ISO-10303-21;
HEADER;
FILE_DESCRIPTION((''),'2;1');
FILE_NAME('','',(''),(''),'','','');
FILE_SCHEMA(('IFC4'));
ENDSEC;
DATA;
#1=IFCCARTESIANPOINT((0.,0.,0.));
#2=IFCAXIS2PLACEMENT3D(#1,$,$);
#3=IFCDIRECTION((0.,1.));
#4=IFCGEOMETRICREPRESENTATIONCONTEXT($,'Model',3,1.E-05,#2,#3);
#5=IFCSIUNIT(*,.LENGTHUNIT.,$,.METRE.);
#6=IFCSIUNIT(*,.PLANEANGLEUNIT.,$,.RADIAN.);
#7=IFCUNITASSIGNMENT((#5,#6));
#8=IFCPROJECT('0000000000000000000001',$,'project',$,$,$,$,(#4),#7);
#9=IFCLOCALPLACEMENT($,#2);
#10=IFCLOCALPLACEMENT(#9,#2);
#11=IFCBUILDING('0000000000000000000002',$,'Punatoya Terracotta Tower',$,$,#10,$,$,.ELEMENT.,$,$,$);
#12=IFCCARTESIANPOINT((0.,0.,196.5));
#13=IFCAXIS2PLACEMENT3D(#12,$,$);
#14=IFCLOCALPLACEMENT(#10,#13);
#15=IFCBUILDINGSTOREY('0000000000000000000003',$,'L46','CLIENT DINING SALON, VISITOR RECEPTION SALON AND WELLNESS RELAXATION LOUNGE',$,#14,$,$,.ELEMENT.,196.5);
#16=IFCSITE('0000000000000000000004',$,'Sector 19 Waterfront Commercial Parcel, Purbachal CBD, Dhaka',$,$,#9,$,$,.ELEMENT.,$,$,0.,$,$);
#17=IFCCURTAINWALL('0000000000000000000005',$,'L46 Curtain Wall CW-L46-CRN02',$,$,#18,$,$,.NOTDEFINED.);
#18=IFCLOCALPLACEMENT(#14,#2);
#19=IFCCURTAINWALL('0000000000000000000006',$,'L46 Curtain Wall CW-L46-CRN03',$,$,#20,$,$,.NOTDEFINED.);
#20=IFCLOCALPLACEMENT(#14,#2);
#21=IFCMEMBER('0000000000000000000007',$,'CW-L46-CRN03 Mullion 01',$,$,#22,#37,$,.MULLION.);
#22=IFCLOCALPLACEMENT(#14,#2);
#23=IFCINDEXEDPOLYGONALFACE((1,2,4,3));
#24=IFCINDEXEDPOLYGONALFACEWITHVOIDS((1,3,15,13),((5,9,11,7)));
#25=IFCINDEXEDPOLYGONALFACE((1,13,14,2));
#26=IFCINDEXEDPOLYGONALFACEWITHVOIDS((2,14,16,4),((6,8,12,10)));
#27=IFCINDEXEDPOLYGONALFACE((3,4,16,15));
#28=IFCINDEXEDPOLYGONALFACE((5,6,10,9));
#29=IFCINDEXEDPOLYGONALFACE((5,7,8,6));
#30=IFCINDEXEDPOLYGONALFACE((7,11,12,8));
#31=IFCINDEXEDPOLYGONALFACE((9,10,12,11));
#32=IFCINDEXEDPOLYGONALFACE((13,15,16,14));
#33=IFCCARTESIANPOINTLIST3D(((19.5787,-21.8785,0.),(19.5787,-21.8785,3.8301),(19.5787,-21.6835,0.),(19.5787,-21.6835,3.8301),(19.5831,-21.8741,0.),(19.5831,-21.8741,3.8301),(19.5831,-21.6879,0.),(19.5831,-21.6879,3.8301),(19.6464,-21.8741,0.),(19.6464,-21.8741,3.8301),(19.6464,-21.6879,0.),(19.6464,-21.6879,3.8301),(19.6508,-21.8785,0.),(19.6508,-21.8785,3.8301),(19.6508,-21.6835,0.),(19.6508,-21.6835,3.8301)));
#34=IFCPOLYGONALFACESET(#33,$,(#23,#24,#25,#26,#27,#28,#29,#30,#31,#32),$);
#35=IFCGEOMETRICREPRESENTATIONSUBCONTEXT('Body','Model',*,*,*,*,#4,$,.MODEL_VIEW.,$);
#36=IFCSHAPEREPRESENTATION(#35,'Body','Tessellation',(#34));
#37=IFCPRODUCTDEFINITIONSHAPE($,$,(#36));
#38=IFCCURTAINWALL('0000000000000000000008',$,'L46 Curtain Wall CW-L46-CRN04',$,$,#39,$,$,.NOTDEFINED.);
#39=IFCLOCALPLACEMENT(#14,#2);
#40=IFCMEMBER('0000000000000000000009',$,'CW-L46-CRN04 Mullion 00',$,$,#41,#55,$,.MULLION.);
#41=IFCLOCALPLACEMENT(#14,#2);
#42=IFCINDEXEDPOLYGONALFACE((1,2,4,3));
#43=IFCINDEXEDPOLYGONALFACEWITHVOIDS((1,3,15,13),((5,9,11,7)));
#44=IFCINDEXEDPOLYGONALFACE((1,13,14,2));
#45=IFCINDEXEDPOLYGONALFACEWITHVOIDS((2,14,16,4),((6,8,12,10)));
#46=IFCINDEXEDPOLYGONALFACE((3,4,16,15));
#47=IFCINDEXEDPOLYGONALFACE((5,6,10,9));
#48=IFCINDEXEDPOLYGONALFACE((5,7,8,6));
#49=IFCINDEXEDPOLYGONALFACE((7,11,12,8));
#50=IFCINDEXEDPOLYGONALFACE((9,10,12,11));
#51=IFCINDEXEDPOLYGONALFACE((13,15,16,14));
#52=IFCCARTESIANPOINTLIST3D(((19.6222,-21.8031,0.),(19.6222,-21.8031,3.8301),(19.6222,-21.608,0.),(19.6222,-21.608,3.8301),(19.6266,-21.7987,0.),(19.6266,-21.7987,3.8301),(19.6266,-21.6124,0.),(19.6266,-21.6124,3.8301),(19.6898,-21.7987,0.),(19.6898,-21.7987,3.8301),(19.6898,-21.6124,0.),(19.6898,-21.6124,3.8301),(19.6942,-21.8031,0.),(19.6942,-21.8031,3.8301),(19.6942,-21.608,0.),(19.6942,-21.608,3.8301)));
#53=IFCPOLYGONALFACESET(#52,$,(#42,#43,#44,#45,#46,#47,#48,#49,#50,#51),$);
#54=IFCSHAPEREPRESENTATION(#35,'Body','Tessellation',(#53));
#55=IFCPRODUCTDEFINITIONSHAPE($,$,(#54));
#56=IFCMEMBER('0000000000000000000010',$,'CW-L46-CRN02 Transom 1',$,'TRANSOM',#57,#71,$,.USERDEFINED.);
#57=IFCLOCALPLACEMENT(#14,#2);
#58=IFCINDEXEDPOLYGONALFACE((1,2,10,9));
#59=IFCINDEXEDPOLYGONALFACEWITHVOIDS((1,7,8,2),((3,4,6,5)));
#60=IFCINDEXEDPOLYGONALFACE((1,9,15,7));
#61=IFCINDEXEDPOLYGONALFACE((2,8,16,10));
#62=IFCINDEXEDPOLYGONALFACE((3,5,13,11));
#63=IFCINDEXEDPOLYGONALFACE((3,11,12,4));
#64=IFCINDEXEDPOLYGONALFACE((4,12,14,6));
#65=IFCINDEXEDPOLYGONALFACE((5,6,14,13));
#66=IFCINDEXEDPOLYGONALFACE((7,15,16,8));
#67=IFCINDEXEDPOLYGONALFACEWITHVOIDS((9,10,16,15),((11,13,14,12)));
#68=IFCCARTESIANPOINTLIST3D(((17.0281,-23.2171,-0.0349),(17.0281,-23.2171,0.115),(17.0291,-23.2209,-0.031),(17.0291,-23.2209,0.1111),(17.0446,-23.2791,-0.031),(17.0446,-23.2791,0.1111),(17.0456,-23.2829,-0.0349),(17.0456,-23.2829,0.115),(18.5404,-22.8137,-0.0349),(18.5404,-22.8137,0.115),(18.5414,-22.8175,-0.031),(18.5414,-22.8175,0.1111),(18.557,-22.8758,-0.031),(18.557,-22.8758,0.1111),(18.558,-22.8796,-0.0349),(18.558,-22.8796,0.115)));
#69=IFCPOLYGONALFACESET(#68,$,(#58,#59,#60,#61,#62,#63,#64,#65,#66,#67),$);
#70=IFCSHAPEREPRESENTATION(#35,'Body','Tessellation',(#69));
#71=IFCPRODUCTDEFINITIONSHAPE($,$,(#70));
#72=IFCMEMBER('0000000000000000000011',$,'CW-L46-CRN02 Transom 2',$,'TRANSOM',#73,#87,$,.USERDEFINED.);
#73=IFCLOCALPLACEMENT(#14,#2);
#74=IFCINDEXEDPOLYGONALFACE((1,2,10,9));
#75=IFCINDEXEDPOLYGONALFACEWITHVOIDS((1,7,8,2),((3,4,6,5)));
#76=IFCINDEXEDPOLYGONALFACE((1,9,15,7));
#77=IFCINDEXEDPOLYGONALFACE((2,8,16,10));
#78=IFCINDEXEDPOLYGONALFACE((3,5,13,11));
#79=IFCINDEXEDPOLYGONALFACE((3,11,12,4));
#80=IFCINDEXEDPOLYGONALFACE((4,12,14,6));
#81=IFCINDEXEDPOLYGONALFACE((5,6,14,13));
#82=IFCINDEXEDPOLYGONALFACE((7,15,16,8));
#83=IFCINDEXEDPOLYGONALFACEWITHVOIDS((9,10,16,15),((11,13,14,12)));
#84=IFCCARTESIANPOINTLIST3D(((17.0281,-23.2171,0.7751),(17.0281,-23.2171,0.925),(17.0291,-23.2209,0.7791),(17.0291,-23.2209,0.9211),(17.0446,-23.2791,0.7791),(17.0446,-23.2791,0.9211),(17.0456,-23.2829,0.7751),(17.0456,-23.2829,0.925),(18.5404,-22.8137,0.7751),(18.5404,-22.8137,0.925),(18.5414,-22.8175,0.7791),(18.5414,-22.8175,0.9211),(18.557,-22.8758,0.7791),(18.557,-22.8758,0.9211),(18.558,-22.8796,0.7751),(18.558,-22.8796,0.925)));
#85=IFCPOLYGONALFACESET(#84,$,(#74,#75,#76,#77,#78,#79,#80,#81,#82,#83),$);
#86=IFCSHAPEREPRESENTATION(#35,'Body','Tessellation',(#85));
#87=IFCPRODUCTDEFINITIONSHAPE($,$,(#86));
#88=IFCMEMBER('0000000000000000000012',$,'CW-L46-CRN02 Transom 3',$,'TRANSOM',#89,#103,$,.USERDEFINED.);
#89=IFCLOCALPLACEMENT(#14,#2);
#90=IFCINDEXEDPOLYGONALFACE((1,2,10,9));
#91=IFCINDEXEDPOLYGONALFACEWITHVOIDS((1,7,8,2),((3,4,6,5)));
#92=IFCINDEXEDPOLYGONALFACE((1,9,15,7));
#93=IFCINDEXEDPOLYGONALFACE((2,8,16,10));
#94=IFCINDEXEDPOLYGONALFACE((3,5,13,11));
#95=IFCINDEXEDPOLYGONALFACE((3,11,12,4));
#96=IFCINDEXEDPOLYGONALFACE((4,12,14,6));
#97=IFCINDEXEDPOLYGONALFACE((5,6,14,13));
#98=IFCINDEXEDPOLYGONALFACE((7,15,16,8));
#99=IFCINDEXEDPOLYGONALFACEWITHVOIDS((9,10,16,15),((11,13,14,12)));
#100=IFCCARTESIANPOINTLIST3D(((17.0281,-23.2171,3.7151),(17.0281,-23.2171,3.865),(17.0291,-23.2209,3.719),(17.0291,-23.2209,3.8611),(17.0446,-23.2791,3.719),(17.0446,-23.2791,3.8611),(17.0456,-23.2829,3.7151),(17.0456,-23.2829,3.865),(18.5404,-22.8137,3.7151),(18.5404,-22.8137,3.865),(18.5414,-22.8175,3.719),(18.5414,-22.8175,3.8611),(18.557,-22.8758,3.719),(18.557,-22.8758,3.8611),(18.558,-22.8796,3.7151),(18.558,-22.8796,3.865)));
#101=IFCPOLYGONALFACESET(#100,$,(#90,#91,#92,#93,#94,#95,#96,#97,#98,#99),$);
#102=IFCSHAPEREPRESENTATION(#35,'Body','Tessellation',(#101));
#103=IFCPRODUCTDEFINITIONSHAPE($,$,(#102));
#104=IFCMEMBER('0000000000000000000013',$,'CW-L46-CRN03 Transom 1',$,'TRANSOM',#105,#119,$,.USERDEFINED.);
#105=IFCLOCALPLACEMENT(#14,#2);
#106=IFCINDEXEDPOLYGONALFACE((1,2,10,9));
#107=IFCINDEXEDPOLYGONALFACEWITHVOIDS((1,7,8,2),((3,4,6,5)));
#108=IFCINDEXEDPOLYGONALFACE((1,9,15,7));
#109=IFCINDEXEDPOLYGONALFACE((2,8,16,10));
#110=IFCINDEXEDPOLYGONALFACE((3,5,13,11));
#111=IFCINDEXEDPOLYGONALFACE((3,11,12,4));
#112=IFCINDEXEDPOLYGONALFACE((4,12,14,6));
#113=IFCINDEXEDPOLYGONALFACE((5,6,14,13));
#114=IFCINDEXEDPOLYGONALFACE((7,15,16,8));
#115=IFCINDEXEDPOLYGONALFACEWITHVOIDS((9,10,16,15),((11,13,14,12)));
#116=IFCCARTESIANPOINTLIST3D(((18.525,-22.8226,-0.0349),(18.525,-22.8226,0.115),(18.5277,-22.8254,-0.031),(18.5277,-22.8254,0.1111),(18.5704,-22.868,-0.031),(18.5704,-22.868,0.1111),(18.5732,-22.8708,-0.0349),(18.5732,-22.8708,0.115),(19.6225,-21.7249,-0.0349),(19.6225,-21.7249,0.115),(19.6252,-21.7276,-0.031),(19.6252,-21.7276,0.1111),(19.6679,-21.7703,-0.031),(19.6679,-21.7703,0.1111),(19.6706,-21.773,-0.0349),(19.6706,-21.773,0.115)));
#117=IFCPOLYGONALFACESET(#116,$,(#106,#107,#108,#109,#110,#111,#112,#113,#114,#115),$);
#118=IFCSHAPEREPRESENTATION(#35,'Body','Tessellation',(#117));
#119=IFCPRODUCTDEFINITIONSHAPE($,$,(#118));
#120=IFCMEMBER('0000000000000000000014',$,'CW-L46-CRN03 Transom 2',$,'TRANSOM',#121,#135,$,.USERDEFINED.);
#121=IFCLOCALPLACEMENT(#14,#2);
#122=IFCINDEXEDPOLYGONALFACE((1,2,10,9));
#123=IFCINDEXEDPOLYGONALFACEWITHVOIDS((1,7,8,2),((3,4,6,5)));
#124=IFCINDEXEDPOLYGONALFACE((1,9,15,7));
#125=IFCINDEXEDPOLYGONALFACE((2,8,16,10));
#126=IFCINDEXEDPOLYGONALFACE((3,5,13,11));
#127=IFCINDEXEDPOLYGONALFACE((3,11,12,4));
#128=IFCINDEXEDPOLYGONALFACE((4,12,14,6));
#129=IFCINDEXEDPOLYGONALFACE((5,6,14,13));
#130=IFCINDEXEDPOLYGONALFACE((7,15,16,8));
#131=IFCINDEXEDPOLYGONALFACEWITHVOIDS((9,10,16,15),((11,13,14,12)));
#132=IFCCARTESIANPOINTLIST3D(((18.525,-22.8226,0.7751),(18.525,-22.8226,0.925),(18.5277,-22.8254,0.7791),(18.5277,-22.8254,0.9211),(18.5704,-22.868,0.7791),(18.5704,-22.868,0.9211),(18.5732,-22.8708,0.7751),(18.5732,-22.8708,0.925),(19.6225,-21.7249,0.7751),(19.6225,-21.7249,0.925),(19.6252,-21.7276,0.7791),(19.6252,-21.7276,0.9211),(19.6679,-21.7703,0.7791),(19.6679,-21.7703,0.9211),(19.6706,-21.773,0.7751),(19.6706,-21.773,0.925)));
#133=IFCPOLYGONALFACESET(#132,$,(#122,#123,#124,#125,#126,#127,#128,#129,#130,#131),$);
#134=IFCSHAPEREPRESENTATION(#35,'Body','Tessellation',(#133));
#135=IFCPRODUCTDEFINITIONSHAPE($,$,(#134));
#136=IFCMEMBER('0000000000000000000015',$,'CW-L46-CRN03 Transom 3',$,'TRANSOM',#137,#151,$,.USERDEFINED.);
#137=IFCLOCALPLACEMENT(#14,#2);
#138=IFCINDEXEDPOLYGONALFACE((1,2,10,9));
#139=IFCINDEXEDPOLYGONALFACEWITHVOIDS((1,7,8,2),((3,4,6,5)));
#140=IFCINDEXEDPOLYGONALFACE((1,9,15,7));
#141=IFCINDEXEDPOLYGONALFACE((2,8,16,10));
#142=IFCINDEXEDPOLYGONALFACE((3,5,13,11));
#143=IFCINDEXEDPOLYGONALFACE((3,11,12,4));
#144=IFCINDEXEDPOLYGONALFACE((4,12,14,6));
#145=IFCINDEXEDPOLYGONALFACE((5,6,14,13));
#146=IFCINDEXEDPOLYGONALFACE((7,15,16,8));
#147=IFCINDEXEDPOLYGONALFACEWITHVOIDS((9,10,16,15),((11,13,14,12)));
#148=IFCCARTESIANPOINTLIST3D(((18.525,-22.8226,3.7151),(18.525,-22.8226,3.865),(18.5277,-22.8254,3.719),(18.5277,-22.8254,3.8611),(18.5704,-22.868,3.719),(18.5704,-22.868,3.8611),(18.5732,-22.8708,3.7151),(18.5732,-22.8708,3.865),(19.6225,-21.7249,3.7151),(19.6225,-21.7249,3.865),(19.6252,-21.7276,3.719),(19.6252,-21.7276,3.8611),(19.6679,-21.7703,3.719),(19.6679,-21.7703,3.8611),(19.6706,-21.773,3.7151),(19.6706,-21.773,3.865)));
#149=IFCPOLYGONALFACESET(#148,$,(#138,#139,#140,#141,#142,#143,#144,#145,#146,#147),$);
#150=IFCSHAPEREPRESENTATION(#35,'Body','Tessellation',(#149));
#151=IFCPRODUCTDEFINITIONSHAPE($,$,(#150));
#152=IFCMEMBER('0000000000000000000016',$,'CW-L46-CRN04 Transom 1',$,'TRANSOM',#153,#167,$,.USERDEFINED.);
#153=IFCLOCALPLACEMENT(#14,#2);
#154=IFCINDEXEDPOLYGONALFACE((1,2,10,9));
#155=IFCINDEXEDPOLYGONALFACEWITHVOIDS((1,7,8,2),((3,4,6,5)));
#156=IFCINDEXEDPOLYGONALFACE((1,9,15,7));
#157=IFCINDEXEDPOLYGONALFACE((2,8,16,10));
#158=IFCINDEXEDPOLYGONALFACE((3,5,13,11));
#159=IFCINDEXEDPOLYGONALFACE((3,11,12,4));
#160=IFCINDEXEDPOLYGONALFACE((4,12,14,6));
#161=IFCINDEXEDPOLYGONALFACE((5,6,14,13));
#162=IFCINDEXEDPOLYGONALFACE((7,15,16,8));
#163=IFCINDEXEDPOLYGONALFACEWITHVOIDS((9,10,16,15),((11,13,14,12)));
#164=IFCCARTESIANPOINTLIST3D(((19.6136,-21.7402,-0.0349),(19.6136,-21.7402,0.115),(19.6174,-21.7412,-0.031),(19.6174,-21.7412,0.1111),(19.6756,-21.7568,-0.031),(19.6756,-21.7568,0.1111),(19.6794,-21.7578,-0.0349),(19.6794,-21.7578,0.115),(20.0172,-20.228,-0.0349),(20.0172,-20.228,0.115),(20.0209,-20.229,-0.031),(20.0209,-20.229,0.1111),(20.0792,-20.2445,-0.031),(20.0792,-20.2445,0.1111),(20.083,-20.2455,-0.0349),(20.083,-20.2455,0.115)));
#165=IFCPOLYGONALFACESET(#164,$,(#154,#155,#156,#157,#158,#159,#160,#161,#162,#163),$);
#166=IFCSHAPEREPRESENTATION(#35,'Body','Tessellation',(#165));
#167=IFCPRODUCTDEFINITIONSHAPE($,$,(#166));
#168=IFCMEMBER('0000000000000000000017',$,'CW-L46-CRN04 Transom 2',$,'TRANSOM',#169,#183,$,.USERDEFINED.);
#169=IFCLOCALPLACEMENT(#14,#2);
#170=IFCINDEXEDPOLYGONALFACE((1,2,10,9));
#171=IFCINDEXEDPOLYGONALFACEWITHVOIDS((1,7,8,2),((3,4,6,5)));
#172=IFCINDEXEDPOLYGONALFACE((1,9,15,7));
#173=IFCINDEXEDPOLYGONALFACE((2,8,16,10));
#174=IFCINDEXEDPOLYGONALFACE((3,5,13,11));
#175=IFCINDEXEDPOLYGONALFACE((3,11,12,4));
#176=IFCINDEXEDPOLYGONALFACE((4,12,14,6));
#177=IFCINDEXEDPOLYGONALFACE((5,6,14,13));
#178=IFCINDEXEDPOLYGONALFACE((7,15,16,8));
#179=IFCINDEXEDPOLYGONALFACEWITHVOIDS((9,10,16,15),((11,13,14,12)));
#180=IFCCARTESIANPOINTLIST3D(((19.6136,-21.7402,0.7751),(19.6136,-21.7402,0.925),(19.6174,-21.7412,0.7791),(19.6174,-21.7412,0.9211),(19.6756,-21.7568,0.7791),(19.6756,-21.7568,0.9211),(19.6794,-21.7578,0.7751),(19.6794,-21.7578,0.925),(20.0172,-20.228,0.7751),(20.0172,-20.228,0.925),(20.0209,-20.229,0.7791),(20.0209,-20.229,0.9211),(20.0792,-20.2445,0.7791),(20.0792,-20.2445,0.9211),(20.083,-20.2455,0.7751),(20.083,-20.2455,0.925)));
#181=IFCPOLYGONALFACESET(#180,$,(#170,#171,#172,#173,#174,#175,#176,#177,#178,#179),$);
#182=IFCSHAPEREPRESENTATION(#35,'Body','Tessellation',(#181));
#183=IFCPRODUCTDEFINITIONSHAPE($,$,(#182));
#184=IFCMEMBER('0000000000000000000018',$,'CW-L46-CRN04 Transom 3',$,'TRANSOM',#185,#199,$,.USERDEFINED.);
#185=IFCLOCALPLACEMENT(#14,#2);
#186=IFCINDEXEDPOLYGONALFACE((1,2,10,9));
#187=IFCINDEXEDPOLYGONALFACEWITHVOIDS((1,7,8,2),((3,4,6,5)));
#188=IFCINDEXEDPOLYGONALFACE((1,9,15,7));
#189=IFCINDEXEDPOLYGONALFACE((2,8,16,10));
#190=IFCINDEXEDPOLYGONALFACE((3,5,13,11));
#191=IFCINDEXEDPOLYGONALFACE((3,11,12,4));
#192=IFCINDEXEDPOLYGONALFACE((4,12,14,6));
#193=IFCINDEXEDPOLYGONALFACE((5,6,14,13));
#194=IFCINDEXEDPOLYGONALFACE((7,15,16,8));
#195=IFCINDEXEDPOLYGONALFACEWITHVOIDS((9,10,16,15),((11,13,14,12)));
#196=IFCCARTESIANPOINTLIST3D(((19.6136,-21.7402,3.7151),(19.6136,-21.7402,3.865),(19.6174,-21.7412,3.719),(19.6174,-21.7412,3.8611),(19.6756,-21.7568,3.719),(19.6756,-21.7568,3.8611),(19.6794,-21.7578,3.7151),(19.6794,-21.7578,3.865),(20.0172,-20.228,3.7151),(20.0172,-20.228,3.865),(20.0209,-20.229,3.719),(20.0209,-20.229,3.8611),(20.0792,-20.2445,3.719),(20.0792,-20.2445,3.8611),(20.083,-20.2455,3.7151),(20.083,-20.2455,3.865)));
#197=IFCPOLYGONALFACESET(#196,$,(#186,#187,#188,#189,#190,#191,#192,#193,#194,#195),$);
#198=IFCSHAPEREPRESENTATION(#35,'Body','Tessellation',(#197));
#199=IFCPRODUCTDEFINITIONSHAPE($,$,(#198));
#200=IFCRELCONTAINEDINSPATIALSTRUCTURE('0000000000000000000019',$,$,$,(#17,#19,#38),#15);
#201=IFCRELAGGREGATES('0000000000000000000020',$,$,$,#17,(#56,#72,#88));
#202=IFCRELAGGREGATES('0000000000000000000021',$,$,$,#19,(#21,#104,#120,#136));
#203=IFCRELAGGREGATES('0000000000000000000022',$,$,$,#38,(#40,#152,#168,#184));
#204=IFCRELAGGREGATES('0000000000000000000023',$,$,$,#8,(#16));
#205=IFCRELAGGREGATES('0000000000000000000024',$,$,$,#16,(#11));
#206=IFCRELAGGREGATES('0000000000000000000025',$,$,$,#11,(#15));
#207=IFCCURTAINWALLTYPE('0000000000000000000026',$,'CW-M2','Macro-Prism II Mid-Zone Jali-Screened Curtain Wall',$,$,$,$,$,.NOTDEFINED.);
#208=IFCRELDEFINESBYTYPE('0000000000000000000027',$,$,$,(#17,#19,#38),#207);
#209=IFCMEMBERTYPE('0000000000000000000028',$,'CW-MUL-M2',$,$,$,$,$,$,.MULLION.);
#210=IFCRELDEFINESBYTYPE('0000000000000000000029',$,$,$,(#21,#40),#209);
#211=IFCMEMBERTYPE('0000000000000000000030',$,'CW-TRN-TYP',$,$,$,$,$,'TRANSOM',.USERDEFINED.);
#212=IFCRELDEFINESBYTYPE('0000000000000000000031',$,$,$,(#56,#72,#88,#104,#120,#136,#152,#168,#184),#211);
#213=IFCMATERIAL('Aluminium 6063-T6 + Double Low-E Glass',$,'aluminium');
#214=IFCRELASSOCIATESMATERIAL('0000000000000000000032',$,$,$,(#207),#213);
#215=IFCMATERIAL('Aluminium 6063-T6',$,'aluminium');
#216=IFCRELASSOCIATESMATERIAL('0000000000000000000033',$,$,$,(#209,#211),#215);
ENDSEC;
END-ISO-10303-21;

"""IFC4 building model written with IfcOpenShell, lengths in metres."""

from ifc_helpers import new_model, si_unit, direction, frame, origin, origin_2d, place, context, subcontext, project, spatial, hollow_rectangle, extrude, material, material_profile, profile_set, type_object, element, aggregate, save


model = new_model("IFC4")

# Units and contexts
model_context = context("Model", 3, precision=1e-05, world=origin(), true_north=direction((0.0, 1.0)))
body_context = subcontext(model_context, "Body", "Model", "MODEL_VIEW")
ifc_project = project(units=[si_unit("LENGTHUNIT", "METRE"), si_unit("PLANEANGLEUNIT", "RADIAN")], contexts=[model_context])

# Site, building, storey
site_placement = place(None, origin())
site = spatial("IfcSite", under=ifc_project, at=site_placement, Name="Sector 19 Waterfront Commercial Parcel, Purbachal CBD, Dhaka", CompositionType="ELEMENT", RefElevation=0.0)
building_placement = place(site_placement, origin())
building = spatial("IfcBuilding", under=site, at=building_placement, Name="Punatoya Terracotta Tower", CompositionType="ELEMENT")
storey_placement = place(building_placement, frame((0.0, 0.0, 196.5)))
storey = spatial("IfcBuildingStorey", under=building, at=storey_placement, Name="L46", Description="CLIENT DINING SALON, VISITOR RECEPTION SALON AND WELLNESS RELAXATION LOUNGE", CompositionType="ELEMENT", Elevation=196.5)

# Curtain walls, member
ifc_material_1 = material(Name="Aluminium 6063-T6 + Double Low-E Glass", Category="aluminium")
curtain_wall_type = type_object("IfcCurtainWallType", Name="CW-M2", Description="Macro-Prism II Mid-Zone Jali-Screened Curtain Wall", PredefinedType="NOTDEFINED", material=ifc_material_1)
ifc_material_2 = material(Name="Aluminium 6063-T6", Category="aluminium")
ifc_material_profile_1 = material_profile(ifc_material_2, hollow_rectangle(XDim=0.072, YDim=0.1951, WallThickness=0.0044, at=origin_2d()))
ifc_profile_set_1 = profile_set([ifc_material_profile_1], Name="Aluminium 6063-T6")
member_type_1 = type_object("IfcMemberType", Name="CW-MUL-M2", PredefinedType="MULLION", material=ifc_profile_set_1)
curtain_wall_1_placement = place(storey_placement, origin())
curtain_wall_1 = element("IfcCurtainWall", 1, at=curtain_wall_1_placement, inside=storey, type_object=curtain_wall_type, Name="L46 Curtain Wall CW-L46-CRN02", PredefinedType="NOTDEFINED")
curtain_wall_2_placement = place(storey_placement, origin())
curtain_wall_2 = element("IfcCurtainWall", 2, at=curtain_wall_2_placement, inside=storey, type_object=curtain_wall_type, Name="L46 Curtain Wall CW-L46-CRN03", PredefinedType="NOTDEFINED")
member_1_placement = place(storey_placement, frame((19.6147, -21.781, 0.0), z_axis=(0.0, 0.0, 1.0), x_axis=(1.0, 0.0, 0.0)))
member_1 = element("IfcMember", 3, at=member_1_placement, type_object=member_type_1, Name="CW-L46-CRN03 Mullion 01", PredefinedType="MULLION", context=body_context, shape_type="SweptSolid", body=[
    extrude(hollow_rectangle(XDim=0.072, YDim=0.1951, WallThickness=0.0044, at=origin_2d()), origin(), (0.0, 0.0, 1.0), 3.8301),
])

# Curtain wall, member
curtain_wall_3_placement = place(storey_placement, origin())
curtain_wall_3 = element("IfcCurtainWall", 4, at=curtain_wall_3_placement, inside=storey, type_object=curtain_wall_type, Name="L46 Curtain Wall CW-L46-CRN04", PredefinedType="NOTDEFINED")
member_2_placement = place(storey_placement, frame((19.6582, -21.7056, 0.0), z_axis=(0.0, 0.0, 1.0), x_axis=(1.0, 0.0, 0.0)))
member_2 = element("IfcMember", 5, at=member_2_placement, type_object=member_type_1, Name="CW-L46-CRN04 Mullion 00", PredefinedType="MULLION", context=body_context, shape_type="SweptSolid", body=[
    extrude(hollow_rectangle(XDim=0.072, YDim=0.1951, WallThickness=0.0044, at=origin_2d()), origin(), (0.0, 0.0, 1.0), 3.8301),
])

# Members
ifc_material_profile_2 = material_profile(ifc_material_2, hollow_rectangle(XDim=0.0681, YDim=0.1499, WallThickness=0.0039, at=origin_2d()))
ifc_profile_set_2 = profile_set([ifc_material_profile_2], Name="Aluminium 6063-T6")
member_type_2 = type_object("IfcMemberType", Name="CW-TRN-TYP", ElementType="TRANSOM", PredefinedType="USERDEFINED", material=ifc_profile_set_2)
member_3_placement = place(storey_placement, frame((17.0369, -23.25, 0.04), z_axis=(0.966225, 0.257701, 0.0), x_axis=(-0.257701, 0.966225, 0.0)))
member_3 = element("IfcMember", 6, at=member_3_placement, type_object=member_type_2, Name="CW-L46-CRN02 Transom 1", ObjectType="TRANSOM", PredefinedType="USERDEFINED", context=body_context, shape_type="SweptSolid", body=[
    extrude(hollow_rectangle(XDim=0.0681, YDim=0.1499, WallThickness=0.0039, at=origin_2d()), origin(), (0.0, 0.0, 1.0), 1.5652),
])
member_4_placement = place(storey_placement, frame((17.0369, -23.25, 0.8501), z_axis=(0.966225, 0.257701, 0.0), x_axis=(-0.257701, 0.966225, 0.0)))
member_4 = element("IfcMember", 7, at=member_4_placement, type_object=member_type_2, Name="CW-L46-CRN02 Transom 2", ObjectType="TRANSOM", PredefinedType="USERDEFINED", context=body_context, shape_type="SweptSolid", body=[
    extrude(hollow_rectangle(XDim=0.0681, YDim=0.1499, WallThickness=0.0039, at=origin_2d()), origin(), (0.0, 0.0, 1.0), 1.5652),
])
member_5_placement = place(storey_placement, frame((17.0369, -23.25, 3.79), z_axis=(0.966225, 0.257701, 0.0), x_axis=(-0.257701, 0.966225, 0.0)))
member_5 = element("IfcMember", 8, at=member_5_placement, type_object=member_type_2, Name="CW-L46-CRN02 Transom 3", ObjectType="TRANSOM", PredefinedType="USERDEFINED", context=body_context, shape_type="SweptSolid", body=[
    extrude(hollow_rectangle(XDim=0.0681, YDim=0.1499, WallThickness=0.0039, at=origin_2d()), origin(), (0.0, 0.0, 1.0), 1.5652),
])
member_6_placement = place(storey_placement, frame((18.5491, -22.8467, 0.04), z_axis=(0.707028, 0.707185, 0.0), x_axis=(-0.707185, 0.707028, 0.0)))
member_6 = element("IfcMember", 9, at=member_6_placement, type_object=member_type_2, Name="CW-L46-CRN03 Transom 1", ObjectType="TRANSOM", PredefinedType="USERDEFINED", context=body_context, shape_type="SweptSolid", body=[
    extrude(hollow_rectangle(XDim=0.0681, YDim=0.1499, WallThickness=0.0039, at=origin_2d()), origin(), (0.0, 0.0, 1.0), 1.5522),
])
member_7_placement = place(storey_placement, frame((18.5491, -22.8467, 0.8501), z_axis=(0.707028, 0.707185, 0.0), x_axis=(-0.707185, 0.707028, 0.0)))
member_7 = element("IfcMember", 10, at=member_7_placement, type_object=member_type_2, Name="CW-L46-CRN03 Transom 2", ObjectType="TRANSOM", PredefinedType="USERDEFINED", context=body_context, shape_type="SweptSolid", body=[
    extrude(hollow_rectangle(XDim=0.0681, YDim=0.1499, WallThickness=0.0039, at=origin_2d()), origin(), (0.0, 0.0, 1.0), 1.5522),
])
member_8_placement = place(storey_placement, frame((18.5491, -22.8467, 3.79), z_axis=(0.707028, 0.707185, 0.0), x_axis=(-0.707185, 0.707028, 0.0)))
member_8 = element("IfcMember", 11, at=member_8_placement, type_object=member_type_2, Name="CW-L46-CRN03 Transom 3", ObjectType="TRANSOM", PredefinedType="USERDEFINED", context=body_context, shape_type="SweptSolid", body=[
    extrude(hollow_rectangle(XDim=0.0681, YDim=0.1499, WallThickness=0.0039, at=origin_2d()), origin(), (0.0, 0.0, 1.0), 1.5522),
])
member_9_placement = place(storey_placement, frame((19.6465, -21.749, 0.04), z_axis=(0.257847, 0.966186, 0.0), x_axis=(-0.966186, 0.257847, 0.0)))
member_9 = element("IfcMember", 12, at=member_9_placement, type_object=member_type_2, Name="CW-L46-CRN04 Transom 1", ObjectType="TRANSOM", PredefinedType="USERDEFINED", context=body_context, shape_type="SweptSolid", body=[
    extrude(hollow_rectangle(XDim=0.0681, YDim=0.1499, WallThickness=0.0039, at=origin_2d()), origin(), (0.0, 0.0, 1.0), 1.5652),
])
member_10_placement = place(storey_placement, frame((19.6465, -21.749, 0.8501), z_axis=(0.257847, 0.966186, 0.0), x_axis=(-0.966186, 0.257847, 0.0)))
member_10 = element("IfcMember", 13, at=member_10_placement, type_object=member_type_2, Name="CW-L46-CRN04 Transom 2", ObjectType="TRANSOM", PredefinedType="USERDEFINED", context=body_context, shape_type="SweptSolid", body=[
    extrude(hollow_rectangle(XDim=0.0681, YDim=0.1499, WallThickness=0.0039, at=origin_2d()), origin(), (0.0, 0.0, 1.0), 1.5652),
])
member_11_placement = place(storey_placement, frame((19.6465, -21.749, 3.79), z_axis=(0.257847, 0.966186, 0.0), x_axis=(-0.966186, 0.257847, 0.0)))
member_11 = element("IfcMember", 14, at=member_11_placement, type_object=member_type_2, Name="CW-L46-CRN04 Transom 3", ObjectType="TRANSOM", PredefinedType="USERDEFINED", context=body_context, shape_type="SweptSolid", body=[
    extrude(hollow_rectangle(XDim=0.0681, YDim=0.1499, WallThickness=0.0039, at=origin_2d()), origin(), (0.0, 0.0, 1.0), 1.5652),
])

aggregate(curtain_wall_1, [member_3, member_4, member_5])
aggregate(curtain_wall_2, [member_1, member_6, member_7, member_8])
aggregate(curtain_wall_3, [member_2, member_9, member_10, member_11])

save(model, "model.ifc")
